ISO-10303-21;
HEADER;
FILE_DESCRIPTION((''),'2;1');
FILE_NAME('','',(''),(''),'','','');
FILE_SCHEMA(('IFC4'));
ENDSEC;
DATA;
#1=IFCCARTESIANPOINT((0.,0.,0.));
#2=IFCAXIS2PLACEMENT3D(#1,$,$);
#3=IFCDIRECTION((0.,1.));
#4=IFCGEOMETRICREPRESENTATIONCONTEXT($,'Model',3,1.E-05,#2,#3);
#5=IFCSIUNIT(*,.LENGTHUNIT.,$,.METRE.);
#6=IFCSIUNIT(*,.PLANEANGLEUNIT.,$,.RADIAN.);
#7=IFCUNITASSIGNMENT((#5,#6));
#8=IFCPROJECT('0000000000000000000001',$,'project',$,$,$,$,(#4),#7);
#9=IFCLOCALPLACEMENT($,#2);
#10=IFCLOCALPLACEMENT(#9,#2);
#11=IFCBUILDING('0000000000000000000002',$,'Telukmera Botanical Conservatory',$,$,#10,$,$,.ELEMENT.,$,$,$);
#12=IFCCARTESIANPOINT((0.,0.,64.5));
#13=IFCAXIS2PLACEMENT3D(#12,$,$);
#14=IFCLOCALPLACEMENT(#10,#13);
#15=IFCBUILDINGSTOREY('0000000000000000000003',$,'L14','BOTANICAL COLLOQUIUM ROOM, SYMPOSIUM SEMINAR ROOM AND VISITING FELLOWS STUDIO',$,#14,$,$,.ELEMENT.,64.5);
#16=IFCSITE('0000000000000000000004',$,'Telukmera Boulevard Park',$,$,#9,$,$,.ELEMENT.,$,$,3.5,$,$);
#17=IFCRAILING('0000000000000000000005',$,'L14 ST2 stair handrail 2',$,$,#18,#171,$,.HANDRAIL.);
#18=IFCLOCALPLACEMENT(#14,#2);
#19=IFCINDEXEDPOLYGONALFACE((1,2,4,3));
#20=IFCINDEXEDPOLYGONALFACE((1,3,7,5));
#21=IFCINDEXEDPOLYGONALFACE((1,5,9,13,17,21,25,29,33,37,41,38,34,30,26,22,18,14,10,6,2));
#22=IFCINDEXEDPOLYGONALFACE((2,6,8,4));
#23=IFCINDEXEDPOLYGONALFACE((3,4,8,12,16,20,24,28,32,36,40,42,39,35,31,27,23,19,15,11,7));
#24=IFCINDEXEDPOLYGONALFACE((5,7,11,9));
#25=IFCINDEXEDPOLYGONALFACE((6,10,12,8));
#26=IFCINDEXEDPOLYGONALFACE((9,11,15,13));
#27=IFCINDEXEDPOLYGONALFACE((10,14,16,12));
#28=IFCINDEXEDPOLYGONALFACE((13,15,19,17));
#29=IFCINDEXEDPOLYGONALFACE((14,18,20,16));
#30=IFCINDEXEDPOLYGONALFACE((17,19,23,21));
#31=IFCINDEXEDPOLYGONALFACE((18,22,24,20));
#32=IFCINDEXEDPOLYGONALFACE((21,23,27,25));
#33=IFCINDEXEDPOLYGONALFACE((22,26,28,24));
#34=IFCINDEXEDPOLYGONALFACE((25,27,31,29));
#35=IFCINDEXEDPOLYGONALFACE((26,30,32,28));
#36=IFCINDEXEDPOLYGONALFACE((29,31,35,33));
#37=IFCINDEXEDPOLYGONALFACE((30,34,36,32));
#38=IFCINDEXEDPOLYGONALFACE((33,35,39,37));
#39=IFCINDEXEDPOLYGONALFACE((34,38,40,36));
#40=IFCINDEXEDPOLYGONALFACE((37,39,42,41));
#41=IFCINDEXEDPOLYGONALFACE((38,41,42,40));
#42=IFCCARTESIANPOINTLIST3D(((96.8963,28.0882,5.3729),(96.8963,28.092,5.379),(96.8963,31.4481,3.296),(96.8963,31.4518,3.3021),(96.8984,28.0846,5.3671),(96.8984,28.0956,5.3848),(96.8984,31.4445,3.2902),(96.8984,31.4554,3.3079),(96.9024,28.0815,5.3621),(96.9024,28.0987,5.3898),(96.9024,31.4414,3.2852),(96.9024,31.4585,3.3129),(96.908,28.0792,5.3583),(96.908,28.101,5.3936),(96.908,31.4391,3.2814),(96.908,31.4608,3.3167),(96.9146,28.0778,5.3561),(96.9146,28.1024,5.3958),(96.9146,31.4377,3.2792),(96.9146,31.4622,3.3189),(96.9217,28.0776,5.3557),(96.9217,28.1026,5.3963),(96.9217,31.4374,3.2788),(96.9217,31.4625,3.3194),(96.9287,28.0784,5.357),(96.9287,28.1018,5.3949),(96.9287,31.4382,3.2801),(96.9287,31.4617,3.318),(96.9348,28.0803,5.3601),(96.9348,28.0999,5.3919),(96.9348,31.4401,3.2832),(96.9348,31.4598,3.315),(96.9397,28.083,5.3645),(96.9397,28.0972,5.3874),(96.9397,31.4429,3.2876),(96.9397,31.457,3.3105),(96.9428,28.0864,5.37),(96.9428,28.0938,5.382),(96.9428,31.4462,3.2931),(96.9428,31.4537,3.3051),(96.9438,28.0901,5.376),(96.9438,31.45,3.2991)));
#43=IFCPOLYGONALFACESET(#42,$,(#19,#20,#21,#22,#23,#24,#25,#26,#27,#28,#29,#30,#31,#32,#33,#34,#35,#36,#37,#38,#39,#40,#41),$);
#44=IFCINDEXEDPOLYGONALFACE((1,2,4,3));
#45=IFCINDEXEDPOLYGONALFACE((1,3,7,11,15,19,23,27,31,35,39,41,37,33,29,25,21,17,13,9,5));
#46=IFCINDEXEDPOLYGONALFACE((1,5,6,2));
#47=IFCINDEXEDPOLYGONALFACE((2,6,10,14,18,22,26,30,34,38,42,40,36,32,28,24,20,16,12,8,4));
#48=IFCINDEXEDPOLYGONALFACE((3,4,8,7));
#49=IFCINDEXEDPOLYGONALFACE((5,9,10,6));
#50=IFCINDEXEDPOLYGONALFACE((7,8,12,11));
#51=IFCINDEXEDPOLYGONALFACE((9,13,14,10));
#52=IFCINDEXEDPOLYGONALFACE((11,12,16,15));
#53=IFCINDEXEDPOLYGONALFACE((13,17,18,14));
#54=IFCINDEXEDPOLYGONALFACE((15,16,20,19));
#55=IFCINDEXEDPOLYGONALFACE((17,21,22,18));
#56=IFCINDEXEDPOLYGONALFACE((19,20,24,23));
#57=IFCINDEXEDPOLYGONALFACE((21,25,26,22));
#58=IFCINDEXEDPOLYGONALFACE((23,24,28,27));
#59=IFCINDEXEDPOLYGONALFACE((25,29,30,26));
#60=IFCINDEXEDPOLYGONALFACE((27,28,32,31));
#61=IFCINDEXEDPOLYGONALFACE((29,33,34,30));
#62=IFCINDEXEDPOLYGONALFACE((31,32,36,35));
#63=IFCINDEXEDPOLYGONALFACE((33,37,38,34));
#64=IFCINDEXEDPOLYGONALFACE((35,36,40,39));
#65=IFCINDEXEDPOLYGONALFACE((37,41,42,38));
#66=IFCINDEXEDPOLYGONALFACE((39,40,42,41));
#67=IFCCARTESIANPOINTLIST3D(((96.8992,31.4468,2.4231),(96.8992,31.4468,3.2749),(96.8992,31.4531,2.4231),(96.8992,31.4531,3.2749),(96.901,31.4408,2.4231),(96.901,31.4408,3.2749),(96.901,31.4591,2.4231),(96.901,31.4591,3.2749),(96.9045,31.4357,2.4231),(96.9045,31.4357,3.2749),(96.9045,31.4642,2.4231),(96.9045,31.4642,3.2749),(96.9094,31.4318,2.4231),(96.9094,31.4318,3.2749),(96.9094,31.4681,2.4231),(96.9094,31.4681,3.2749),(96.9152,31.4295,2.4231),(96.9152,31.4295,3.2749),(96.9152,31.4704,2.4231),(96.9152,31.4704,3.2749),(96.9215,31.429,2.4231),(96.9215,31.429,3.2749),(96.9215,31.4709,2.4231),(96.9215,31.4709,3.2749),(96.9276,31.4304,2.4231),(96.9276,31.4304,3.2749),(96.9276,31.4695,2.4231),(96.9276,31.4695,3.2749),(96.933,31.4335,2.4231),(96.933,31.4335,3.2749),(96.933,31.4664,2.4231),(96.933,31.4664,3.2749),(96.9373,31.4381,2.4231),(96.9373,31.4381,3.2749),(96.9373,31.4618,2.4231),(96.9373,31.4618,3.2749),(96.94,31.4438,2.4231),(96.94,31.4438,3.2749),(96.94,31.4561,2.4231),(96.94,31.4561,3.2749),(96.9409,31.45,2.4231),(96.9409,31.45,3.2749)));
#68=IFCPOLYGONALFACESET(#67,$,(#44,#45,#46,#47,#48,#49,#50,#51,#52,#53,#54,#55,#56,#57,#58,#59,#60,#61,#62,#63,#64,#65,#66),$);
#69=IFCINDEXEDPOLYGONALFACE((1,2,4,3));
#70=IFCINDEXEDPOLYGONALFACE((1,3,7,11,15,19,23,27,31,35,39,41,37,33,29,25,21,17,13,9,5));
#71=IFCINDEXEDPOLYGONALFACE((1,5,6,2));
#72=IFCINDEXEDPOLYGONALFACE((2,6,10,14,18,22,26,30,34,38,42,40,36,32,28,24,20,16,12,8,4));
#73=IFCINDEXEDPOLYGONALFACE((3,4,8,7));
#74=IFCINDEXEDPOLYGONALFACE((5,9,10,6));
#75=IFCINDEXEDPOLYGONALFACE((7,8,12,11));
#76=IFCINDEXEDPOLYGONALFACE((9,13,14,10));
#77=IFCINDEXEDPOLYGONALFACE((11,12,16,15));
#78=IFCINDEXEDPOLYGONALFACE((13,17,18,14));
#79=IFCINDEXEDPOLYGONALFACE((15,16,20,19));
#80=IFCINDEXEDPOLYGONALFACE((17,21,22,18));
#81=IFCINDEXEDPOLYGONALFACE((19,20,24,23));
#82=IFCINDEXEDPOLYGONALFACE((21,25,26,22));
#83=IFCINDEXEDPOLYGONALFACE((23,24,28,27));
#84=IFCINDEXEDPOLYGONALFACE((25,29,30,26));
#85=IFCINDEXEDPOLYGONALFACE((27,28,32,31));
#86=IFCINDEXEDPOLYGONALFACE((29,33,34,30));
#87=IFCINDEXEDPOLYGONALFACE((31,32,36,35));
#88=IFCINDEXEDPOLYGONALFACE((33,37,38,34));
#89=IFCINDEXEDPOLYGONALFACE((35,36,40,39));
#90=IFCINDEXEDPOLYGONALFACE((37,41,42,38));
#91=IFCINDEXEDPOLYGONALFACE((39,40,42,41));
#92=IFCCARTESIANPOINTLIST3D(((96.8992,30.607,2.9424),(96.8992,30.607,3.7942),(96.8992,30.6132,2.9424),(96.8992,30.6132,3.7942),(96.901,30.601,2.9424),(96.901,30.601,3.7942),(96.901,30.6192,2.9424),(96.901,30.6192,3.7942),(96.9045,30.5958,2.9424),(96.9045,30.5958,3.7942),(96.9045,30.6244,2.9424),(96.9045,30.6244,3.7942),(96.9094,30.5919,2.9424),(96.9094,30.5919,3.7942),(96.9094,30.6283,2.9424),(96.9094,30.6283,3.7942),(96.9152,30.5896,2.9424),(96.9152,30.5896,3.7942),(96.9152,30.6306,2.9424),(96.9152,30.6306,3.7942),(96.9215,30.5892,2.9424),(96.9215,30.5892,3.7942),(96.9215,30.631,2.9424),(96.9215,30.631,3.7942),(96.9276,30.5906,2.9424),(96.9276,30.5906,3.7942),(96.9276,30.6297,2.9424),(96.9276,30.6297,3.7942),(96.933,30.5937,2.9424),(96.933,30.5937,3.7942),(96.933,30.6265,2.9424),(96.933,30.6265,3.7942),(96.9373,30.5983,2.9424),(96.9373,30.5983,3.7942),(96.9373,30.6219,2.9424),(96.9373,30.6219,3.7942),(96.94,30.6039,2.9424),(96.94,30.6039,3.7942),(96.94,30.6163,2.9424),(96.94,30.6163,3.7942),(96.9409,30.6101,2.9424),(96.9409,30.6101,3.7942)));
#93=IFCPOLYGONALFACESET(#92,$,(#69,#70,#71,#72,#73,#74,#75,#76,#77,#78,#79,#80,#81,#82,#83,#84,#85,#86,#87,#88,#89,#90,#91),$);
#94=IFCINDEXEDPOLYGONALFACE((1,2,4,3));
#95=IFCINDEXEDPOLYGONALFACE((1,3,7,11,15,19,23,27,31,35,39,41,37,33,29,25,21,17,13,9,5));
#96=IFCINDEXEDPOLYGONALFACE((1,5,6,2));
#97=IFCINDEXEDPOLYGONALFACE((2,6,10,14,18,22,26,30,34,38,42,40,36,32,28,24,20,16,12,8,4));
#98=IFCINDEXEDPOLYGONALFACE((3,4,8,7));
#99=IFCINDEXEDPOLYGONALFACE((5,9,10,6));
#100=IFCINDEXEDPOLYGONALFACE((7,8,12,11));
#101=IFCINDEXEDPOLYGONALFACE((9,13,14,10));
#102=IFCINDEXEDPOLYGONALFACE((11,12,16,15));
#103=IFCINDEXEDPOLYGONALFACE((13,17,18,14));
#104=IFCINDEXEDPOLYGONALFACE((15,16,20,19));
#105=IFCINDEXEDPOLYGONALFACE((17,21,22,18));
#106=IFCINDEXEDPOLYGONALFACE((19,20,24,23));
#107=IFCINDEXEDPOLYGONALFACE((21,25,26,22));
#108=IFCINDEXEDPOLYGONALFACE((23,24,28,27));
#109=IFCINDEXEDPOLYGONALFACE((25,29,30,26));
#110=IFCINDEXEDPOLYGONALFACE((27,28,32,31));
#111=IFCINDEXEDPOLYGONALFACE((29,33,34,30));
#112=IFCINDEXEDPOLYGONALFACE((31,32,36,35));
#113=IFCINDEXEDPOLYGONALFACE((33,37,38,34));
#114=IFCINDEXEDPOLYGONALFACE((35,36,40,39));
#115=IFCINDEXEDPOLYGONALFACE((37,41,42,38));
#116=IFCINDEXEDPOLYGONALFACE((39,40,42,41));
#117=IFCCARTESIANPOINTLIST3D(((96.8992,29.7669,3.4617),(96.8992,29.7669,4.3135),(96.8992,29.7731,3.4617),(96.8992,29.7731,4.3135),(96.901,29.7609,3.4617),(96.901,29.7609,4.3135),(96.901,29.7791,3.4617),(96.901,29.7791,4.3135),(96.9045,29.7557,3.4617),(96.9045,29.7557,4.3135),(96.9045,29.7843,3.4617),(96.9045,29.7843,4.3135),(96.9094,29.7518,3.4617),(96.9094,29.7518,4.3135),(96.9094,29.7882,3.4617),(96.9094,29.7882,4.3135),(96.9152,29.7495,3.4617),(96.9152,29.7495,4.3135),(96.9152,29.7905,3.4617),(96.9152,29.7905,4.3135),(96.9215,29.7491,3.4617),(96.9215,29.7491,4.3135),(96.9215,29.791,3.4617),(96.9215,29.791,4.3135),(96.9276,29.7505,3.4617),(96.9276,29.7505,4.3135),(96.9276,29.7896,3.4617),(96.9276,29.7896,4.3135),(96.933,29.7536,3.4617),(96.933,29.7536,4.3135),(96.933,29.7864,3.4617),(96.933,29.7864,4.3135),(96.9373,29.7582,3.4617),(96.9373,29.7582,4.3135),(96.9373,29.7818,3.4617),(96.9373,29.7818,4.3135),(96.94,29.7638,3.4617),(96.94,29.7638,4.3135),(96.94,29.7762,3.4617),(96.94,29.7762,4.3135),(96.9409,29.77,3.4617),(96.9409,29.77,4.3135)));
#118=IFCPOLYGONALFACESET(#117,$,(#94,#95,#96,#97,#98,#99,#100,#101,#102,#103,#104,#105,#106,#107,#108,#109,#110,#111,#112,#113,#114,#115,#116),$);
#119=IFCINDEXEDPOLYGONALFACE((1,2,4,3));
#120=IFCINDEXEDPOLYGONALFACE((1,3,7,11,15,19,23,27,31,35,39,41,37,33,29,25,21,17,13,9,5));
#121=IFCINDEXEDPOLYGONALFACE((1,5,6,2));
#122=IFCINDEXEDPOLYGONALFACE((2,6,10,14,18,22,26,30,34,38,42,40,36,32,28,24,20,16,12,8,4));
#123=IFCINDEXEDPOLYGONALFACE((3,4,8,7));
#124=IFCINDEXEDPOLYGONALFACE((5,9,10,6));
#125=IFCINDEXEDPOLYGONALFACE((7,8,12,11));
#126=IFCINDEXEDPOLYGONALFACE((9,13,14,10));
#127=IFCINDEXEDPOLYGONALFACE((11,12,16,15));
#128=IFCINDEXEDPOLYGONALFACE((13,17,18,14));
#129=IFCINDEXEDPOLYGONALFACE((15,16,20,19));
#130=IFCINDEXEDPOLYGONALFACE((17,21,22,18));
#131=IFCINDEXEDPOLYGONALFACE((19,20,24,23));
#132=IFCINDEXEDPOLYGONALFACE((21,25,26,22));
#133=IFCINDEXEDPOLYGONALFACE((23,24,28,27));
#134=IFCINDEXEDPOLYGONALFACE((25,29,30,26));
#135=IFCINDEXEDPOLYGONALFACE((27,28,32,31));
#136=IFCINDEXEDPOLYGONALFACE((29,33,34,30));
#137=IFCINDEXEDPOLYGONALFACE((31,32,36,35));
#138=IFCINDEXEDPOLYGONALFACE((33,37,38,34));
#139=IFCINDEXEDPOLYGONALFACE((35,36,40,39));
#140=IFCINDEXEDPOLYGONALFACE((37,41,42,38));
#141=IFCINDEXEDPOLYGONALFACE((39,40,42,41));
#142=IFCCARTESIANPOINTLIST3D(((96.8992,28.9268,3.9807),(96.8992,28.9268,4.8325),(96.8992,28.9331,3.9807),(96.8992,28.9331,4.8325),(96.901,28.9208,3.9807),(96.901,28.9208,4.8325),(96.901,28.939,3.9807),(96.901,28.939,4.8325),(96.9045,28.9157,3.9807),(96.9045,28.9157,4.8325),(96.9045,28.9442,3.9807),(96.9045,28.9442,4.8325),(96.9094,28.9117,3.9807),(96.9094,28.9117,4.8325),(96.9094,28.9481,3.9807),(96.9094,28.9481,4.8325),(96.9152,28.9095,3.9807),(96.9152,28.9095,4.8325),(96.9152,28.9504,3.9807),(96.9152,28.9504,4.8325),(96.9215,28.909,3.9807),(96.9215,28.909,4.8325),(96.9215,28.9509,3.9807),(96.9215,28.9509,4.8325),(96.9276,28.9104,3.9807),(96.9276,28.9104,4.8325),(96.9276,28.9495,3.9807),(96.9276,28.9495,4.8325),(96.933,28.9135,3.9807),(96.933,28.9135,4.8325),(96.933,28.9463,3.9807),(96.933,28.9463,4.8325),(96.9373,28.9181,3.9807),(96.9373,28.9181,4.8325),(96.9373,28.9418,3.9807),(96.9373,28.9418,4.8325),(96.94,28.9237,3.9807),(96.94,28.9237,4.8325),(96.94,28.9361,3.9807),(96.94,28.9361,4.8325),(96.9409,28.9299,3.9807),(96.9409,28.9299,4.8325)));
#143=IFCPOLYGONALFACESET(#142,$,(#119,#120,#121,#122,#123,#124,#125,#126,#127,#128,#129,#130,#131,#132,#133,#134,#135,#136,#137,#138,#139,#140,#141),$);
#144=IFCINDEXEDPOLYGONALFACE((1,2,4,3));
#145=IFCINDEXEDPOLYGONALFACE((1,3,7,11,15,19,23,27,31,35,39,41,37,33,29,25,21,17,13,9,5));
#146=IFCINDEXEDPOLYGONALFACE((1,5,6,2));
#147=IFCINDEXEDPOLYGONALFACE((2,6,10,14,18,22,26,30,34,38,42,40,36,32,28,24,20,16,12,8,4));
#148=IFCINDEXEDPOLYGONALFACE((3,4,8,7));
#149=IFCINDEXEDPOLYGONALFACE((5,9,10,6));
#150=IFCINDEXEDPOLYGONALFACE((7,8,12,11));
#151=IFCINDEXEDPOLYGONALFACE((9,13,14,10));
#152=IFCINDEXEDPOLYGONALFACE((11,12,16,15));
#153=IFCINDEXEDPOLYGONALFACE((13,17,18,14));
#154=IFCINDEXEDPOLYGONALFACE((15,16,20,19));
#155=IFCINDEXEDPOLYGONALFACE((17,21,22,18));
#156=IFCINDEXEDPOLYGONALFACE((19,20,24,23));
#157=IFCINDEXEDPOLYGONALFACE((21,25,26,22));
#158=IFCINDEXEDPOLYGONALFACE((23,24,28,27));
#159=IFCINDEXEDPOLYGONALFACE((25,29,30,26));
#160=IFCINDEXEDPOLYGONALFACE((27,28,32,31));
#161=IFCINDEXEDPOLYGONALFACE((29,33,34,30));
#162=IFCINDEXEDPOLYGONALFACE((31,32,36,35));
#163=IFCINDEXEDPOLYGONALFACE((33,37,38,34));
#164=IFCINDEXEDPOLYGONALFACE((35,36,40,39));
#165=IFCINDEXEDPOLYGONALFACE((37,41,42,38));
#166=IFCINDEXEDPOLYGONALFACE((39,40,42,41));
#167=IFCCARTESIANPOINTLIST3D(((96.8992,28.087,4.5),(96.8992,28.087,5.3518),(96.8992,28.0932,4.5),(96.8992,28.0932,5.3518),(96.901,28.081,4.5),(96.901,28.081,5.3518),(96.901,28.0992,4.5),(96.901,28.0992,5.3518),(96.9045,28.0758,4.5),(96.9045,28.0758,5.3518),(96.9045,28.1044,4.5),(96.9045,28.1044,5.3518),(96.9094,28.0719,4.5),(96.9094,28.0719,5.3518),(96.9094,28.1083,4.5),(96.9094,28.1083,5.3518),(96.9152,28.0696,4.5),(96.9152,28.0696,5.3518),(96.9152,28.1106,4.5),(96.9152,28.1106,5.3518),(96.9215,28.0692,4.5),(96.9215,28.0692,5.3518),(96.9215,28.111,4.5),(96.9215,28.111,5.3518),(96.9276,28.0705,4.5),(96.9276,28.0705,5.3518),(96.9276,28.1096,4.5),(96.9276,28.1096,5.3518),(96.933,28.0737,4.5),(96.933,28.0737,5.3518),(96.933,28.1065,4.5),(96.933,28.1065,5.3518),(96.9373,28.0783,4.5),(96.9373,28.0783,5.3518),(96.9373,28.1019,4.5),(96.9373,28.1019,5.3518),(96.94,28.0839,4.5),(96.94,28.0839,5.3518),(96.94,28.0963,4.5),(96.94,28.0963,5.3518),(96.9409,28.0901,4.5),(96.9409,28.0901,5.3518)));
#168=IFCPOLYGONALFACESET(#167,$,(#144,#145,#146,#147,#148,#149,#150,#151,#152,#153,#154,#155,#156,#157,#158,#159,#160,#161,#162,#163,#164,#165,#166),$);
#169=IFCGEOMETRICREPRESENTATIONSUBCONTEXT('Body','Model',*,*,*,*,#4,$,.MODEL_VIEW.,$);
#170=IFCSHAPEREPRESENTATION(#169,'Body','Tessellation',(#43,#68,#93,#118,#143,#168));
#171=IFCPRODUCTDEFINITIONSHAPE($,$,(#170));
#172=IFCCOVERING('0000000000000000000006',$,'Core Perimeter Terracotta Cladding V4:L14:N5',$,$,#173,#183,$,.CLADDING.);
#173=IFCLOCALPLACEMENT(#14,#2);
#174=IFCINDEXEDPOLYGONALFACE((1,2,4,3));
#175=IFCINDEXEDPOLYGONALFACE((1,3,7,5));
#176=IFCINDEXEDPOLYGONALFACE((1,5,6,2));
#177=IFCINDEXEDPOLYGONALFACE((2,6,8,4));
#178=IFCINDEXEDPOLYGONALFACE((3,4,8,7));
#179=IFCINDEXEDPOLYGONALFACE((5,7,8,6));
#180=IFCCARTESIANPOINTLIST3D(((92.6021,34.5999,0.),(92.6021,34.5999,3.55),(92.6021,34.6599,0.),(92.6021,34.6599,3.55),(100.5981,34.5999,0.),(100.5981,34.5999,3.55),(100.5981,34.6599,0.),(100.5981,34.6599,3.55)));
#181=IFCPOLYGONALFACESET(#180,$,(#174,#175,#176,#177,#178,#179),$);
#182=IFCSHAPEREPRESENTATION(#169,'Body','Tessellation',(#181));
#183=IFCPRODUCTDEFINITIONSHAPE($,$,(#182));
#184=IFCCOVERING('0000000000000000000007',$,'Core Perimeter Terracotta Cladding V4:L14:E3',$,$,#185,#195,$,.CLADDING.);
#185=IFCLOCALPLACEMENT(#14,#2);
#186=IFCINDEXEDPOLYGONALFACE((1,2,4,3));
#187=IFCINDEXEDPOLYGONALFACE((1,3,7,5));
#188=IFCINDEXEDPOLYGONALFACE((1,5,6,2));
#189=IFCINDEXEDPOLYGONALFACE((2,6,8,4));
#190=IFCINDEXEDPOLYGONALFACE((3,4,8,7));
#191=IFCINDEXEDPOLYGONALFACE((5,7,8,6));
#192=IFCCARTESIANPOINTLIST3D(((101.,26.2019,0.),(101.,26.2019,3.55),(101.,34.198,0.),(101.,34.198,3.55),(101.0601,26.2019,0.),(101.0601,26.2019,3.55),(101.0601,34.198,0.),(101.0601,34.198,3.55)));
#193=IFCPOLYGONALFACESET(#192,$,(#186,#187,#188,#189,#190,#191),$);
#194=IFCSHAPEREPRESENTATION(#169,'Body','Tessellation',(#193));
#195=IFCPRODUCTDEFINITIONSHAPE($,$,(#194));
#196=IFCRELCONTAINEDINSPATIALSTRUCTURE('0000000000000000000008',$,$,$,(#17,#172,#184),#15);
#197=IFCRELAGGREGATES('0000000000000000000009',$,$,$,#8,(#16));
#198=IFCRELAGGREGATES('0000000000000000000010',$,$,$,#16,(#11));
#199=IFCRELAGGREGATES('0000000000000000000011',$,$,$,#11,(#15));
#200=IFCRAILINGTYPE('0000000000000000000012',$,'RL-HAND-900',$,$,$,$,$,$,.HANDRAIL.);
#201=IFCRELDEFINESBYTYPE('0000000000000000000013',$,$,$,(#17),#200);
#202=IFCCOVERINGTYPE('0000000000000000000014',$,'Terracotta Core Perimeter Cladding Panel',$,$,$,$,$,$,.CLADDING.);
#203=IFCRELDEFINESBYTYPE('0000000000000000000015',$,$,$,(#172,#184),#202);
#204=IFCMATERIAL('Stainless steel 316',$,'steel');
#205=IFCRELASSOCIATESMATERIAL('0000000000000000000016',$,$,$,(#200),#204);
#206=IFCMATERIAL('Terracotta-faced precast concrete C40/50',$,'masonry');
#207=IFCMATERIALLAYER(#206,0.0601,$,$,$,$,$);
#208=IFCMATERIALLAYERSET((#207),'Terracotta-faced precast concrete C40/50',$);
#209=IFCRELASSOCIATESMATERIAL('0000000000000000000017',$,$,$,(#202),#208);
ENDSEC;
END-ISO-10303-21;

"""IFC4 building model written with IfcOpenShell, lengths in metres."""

from ifc_helpers import new_model, si_unit, direction, frame, origin, origin_2d, place, context, subcontext, project, spatial, rectangle, circle, extrude, material, layer, layer_set, type_object, element, save


model = new_model("IFC4")

# Units and contexts
model_context = context("Model", 3, precision=1e-05, world=origin(), true_north=direction((0.0, 1.0)))
body_context = subcontext(model_context, "Body", "Model", "MODEL_VIEW")
ifc_project = project(units=[si_unit("LENGTHUNIT", "METRE"), si_unit("PLANEANGLEUNIT", "RADIAN")], contexts=[model_context])

# Site, building, storey
site_placement = place(None, origin())
site = spatial("IfcSite", under=ifc_project, at=site_placement, Name="Telukmera Boulevard Park", CompositionType="ELEMENT", RefElevation=3.5)
building_placement = place(site_placement, origin())
building = spatial("IfcBuilding", under=site, at=building_placement, Name="Telukmera Botanical Conservatory", CompositionType="ELEMENT")
storey_placement = place(building_placement, frame((0.0, 0.0, 64.5)))
storey = spatial("IfcBuildingStorey", under=building, at=storey_placement, Name="L14", Description="BOTANICAL COLLOQUIUM ROOM, SYMPOSIUM SEMINAR ROOM AND VISITING FELLOWS STUDIO", CompositionType="ELEMENT", Elevation=64.5)

# Shared definitions
ifc_material_1 = material(Name="Stainless steel 316", Category="steel")

# Shared definitions
ifc_material_2 = material(Name="Terracotta-faced precast concrete C40/50", Category="masonry")

# Railing
railing_type_1 = type_object("IfcRailingType", Name="RL-HAND-900", PredefinedType="HANDRAIL", material=ifc_material_1)
railing_1_placement = place(storey_placement, frame((96.9199, 31.45, 2.4231)))
element("IfcRailing", 1, at=railing_1_placement, inside=storey, type_object=railing_type_1, Name="L14 ST2 stair handrail 2", PredefinedType="HANDRAIL", context=body_context, shape_type="SweptSolid", body=[
    extrude(circle(Radius=0.0239, at=origin_2d()), frame((0.0, 0.0, 0.876), z_axis=(0.0, -0.850606, 0.525803), x_axis=(1.0, 0.0, 0.0)), (0.0, 0.0, 1.0), 3.95),
    extrude(circle(Radius=0.021, at=origin_2d()), origin(), (0.0, 0.0, 1.0), 0.8518),
    extrude(circle(Radius=0.021, at=origin_2d()), frame((0.0, -0.8398, 0.5193)), (0.0, 0.0, 1.0), 0.8518),
    extrude(circle(Radius=0.021, at=origin_2d()), frame((0.0, -1.6799, 1.0386)), (0.0, 0.0, 1.0), 0.8518),
    extrude(circle(Radius=0.021, at=origin_2d()), frame((0.0, -2.52, 1.5576)), (0.0, 0.0, 1.0), 0.8518),
    extrude(circle(Radius=0.021, at=origin_2d()), frame((0.0, -3.3599, 2.0769)), (0.0, 0.0, 1.0), 0.8518),
])

# Coverings
ifc_layer_1 = layer(ifc_material_2, 0.0601)
ifc_layer_set_1 = layer_set([ifc_layer_1], Name="Terracotta-faced precast concrete C40/50")
covering_type_1 = type_object("IfcCoveringType", Name="Terracotta Core Perimeter Cladding Panel", PredefinedType="CLADDING", material=ifc_layer_set_1)
for number, where, z_axis, x_axis, name in (
    (2, (96.6001, 34.6299, 0.0), (0.0, 0.0, 1.0), (1.0, 0.0, 0.0), "Core Perimeter Terracotta Cladding V4:L14:N5"),
    (3, (101.03, 30.2, 0.0), (0.0, 0.0, 1.0), (0.0, 1.0, 0.0), "Core Perimeter Terracotta Cladding V4:L14:E3"),
):
    element("IfcCovering", number, at=place(storey_placement, frame(where, z_axis=z_axis, x_axis=x_axis)), inside=storey, type_object=covering_type_1, Name=name, PredefinedType="CLADDING", context=body_context, shape_type="SweptSolid", body=[
        extrude(rectangle(XDim=7.9961, YDim=0.0601, at=origin_2d()), origin(), (0.0, 0.0, 1.0), 3.55),
    ])

save(model, "model.ifc")
